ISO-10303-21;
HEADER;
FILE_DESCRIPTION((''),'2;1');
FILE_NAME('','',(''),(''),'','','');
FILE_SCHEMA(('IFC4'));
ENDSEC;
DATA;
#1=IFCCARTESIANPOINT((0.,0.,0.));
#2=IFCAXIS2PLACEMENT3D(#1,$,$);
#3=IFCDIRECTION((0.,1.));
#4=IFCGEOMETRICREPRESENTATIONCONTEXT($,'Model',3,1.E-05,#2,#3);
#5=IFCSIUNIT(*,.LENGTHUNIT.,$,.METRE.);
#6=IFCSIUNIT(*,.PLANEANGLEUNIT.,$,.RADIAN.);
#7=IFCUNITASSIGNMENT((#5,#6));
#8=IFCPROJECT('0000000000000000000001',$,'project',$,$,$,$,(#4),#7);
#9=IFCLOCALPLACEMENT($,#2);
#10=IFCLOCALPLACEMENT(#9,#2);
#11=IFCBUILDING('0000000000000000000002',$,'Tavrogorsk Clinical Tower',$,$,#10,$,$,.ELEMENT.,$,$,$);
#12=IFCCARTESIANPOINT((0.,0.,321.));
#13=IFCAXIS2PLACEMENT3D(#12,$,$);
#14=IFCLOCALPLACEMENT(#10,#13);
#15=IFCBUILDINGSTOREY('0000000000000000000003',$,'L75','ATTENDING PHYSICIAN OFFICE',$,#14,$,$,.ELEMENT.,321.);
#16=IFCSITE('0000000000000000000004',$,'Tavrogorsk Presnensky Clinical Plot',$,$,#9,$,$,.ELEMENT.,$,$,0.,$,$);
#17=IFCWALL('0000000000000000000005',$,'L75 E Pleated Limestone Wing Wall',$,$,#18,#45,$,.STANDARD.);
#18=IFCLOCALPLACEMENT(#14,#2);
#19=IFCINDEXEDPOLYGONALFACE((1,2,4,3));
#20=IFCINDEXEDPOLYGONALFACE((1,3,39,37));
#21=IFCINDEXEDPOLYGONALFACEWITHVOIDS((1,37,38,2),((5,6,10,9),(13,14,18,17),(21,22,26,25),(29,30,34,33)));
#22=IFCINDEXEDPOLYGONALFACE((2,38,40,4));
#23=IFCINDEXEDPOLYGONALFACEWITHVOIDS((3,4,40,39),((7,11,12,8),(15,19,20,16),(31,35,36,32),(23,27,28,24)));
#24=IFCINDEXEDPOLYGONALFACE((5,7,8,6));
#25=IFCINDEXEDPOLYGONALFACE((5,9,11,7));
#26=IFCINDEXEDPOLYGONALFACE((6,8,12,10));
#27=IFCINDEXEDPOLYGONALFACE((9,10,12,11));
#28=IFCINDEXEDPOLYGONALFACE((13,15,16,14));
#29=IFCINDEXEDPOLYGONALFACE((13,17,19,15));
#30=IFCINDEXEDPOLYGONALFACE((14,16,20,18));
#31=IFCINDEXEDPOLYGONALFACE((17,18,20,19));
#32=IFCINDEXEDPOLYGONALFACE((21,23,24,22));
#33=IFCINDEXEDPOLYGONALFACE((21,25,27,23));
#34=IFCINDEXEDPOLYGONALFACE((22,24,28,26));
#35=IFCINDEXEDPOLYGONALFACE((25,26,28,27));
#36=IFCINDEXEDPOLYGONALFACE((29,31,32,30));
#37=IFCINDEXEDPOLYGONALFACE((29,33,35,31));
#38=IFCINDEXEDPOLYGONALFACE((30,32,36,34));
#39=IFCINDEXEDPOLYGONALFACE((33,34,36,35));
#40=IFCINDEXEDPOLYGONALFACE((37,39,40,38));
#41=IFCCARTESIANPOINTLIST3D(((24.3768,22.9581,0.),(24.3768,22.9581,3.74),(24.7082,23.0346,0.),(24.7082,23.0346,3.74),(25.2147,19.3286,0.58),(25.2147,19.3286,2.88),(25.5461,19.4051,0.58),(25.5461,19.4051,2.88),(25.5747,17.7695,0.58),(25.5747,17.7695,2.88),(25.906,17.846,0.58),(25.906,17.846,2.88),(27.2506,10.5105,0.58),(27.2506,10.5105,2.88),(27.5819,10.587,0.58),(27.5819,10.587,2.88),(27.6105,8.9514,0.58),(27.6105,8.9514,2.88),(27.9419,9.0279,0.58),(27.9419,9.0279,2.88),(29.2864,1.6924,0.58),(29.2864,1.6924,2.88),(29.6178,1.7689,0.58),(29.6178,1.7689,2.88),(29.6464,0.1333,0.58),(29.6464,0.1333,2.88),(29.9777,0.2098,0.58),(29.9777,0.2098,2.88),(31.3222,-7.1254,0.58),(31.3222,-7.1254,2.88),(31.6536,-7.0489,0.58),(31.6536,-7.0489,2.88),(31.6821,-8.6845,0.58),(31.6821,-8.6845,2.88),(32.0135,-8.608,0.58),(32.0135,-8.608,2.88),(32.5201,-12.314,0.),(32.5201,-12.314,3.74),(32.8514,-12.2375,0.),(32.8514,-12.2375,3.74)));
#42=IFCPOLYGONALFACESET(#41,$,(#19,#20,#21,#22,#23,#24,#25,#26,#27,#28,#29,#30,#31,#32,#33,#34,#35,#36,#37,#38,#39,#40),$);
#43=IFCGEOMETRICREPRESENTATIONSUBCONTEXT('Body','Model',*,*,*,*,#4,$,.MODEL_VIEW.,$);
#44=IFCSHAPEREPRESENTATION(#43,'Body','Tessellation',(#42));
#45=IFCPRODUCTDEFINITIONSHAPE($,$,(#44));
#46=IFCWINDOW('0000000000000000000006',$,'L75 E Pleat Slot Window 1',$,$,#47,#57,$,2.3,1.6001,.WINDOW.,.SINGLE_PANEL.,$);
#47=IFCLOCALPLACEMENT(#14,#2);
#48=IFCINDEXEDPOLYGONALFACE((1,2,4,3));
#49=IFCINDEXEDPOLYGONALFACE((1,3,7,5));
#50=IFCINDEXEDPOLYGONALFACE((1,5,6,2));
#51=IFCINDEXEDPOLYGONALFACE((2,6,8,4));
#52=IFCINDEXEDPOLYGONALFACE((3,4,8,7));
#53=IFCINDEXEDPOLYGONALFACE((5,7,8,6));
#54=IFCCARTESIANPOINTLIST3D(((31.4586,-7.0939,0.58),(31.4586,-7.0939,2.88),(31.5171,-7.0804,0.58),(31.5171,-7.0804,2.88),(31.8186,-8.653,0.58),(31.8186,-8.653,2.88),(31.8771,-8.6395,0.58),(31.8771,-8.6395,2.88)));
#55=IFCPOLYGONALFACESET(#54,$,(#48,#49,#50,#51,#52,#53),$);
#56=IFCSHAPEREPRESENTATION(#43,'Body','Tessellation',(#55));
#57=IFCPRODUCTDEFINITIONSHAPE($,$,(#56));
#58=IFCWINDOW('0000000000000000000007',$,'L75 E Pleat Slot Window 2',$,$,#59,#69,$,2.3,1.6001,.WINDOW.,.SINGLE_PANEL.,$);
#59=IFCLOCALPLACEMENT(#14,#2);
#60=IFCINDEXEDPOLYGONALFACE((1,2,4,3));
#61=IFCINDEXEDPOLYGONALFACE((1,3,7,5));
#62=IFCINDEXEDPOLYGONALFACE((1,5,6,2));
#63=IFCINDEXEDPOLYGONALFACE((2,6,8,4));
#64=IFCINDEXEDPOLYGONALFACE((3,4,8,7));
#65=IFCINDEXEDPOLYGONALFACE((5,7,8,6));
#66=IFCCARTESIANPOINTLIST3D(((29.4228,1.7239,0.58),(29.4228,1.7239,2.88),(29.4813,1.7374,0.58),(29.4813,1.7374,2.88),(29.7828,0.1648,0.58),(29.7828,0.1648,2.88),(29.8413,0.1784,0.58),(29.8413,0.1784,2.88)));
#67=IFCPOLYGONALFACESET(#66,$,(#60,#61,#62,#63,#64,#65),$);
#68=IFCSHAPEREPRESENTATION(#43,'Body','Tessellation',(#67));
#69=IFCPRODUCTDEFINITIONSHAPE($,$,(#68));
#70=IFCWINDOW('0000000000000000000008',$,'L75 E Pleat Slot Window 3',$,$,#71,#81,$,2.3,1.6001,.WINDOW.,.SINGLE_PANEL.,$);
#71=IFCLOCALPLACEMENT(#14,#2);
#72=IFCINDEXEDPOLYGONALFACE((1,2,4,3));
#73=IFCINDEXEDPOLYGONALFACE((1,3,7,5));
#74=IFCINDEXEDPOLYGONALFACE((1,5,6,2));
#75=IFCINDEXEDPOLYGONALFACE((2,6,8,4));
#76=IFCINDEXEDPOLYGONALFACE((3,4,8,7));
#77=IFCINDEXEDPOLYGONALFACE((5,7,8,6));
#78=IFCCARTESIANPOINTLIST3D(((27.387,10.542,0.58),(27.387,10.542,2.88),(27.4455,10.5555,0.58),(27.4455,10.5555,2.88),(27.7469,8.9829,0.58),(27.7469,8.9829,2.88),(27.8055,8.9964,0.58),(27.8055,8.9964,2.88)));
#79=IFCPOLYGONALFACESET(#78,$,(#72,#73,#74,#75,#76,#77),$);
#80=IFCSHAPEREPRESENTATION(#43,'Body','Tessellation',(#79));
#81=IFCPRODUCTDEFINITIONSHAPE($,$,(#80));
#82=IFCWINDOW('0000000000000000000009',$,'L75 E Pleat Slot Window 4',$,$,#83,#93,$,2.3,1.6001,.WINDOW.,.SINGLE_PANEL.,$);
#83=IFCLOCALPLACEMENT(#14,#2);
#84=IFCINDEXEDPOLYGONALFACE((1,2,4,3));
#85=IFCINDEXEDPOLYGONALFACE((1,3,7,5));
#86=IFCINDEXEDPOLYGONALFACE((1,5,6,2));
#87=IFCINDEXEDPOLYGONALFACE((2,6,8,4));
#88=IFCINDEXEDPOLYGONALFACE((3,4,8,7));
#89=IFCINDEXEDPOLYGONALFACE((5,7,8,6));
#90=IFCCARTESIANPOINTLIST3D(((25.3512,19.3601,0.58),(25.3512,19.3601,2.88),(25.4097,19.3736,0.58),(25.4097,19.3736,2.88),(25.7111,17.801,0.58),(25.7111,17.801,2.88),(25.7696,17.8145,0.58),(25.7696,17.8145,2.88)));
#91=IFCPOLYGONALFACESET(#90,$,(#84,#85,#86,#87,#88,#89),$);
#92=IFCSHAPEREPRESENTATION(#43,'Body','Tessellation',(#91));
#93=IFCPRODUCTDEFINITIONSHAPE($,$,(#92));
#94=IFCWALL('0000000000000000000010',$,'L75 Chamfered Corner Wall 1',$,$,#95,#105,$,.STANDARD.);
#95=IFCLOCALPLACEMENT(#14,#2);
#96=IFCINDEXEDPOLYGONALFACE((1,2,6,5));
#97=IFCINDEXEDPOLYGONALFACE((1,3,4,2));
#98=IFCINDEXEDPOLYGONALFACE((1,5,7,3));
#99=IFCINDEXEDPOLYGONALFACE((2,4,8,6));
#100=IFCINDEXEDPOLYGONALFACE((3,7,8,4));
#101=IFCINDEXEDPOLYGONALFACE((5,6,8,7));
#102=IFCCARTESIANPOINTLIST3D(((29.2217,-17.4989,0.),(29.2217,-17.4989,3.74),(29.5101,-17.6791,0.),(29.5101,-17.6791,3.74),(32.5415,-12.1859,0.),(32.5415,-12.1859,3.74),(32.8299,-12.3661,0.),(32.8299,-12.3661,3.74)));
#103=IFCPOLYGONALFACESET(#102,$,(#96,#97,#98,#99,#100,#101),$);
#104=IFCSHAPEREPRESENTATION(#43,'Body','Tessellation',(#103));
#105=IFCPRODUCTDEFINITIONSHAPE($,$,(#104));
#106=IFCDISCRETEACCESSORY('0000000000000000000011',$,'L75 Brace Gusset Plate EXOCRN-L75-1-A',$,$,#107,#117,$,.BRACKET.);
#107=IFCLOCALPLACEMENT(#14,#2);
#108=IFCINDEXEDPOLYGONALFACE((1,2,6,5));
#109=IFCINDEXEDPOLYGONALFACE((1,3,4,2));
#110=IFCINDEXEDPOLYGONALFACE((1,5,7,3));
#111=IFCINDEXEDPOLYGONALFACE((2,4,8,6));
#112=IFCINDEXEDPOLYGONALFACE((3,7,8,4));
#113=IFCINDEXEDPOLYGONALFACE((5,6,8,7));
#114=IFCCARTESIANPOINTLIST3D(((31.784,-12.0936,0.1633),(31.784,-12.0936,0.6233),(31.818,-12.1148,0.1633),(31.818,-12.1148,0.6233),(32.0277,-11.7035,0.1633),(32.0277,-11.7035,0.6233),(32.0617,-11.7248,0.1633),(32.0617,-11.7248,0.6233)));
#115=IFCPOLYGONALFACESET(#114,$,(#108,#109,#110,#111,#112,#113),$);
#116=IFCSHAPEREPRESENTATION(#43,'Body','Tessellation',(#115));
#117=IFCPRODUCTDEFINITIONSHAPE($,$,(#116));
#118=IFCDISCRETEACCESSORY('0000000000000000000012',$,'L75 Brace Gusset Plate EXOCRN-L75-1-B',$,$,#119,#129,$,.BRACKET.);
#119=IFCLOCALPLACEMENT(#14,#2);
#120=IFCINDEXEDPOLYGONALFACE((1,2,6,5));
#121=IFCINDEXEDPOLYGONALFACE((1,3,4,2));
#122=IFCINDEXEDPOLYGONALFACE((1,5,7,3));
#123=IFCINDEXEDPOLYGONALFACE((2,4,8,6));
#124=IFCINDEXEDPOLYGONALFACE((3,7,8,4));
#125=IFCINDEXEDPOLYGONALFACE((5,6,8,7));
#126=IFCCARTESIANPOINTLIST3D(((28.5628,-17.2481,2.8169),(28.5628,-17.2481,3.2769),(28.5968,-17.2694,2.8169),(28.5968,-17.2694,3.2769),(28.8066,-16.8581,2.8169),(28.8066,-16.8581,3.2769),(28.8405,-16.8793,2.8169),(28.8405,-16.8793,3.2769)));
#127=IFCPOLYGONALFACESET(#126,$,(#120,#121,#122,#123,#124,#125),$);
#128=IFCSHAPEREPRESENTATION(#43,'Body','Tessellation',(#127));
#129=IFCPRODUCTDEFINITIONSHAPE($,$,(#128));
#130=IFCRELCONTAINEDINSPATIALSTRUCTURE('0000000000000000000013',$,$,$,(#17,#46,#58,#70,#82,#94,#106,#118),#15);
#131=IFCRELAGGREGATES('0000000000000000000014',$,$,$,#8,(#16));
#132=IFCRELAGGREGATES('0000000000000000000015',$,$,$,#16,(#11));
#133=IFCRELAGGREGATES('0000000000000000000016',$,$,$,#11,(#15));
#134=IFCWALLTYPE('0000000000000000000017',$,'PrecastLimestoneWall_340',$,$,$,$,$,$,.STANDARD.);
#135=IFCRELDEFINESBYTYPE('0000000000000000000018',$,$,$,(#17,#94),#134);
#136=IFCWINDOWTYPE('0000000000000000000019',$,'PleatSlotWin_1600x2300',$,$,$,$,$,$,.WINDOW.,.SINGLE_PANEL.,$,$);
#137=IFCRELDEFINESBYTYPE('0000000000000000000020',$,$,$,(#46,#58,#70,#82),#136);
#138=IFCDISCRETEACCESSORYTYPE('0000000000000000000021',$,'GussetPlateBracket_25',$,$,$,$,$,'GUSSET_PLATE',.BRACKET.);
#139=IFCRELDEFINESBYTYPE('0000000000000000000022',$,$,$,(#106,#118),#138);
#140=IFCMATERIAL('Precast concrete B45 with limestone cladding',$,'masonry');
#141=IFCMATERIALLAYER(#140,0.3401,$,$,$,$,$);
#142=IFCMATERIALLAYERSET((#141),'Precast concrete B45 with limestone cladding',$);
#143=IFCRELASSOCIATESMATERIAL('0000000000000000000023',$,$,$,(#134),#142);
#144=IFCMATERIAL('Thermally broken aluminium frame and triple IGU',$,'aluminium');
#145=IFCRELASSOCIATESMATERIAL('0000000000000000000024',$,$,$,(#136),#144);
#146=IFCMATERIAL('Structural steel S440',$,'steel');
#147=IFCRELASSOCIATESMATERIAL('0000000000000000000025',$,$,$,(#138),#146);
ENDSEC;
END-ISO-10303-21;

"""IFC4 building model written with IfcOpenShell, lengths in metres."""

from ifc_helpers import new_model, si_unit, direction, frame, frame_2d, origin, origin_2d, place, context, subcontext, project, spatial, rectangle, extrude, material, layer, layer_set, type_object, element, fill, save


model = new_model("IFC4")

# Units and contexts
model_context = context("Model", 3, precision=1e-05, world=origin(), true_north=direction((0.0, 1.0)))
body_context = subcontext(model_context, "Body", "Model", "MODEL_VIEW")
ifc_project = project(units=[si_unit("LENGTHUNIT", "METRE"), si_unit("PLANEANGLEUNIT", "RADIAN")], contexts=[model_context])

# Site, building, storey
site_placement = place(None, origin())
site = spatial("IfcSite", under=ifc_project, at=site_placement, Name="Tavrogorsk Presnensky Clinical Plot", CompositionType="ELEMENT", RefElevation=0.0)
building_placement = place(site_placement, origin())
building = spatial("IfcBuilding", under=site, at=building_placement, Name="Tavrogorsk Clinical Tower", CompositionType="ELEMENT")
storey_placement = place(building_placement, frame((0.0, 0.0, 321.0)))
storey = spatial("IfcBuildingStorey", under=building, at=storey_placement, Name="L75", Description="ATTENDING PHYSICIAN OFFICE", CompositionType="ELEMENT", Elevation=321.0)

# Wall, openings, windows
ifc_material_1 = material(Name="Precast concrete B45 with limestone cladding", Category="masonry")
ifc_layer_1 = layer(ifc_material_1, 0.3401)
ifc_layer_set_1 = layer_set([ifc_layer_1], Name="Precast concrete B45 with limestone cladding")
wall_type_1 = type_object("IfcWallType", Name="PrecastLimestoneWall_340", PredefinedType="STANDARD", material=ifc_layer_set_1)
wall_1_placement = place(storey_placement, frame((32.6858, -12.2759, 0.0), z_axis=(0.0, 0.0, 1.0), x_axis=(-0.224953, 0.97437, 0.0)))
wall_1 = element("IfcWall", 1, at=wall_1_placement, inside=storey, type_object=wall_type_1, Name="L75 E Pleated Limestone Wing Wall", PredefinedType="STANDARD", context=body_context, shape_type="SweptSolid", body=[
    extrude(rectangle(XDim=36.2, YDim=0.3401, at=frame_2d((18.1001, 0.0))), origin(), (0.0, 0.0, 1.0), 3.74),
])
opening_1_placement = place(wall_1_placement, frame((3.7251, 0.0, 0.5801)))
opening_1 = element("IfcOpeningElement", 2, at=opening_1_placement, cuts=wall_1, PredefinedType="OPENING", context=body_context, shape_type="SweptSolid", body=[
    extrude(rectangle(XDim=1.6001, YDim=2.3, at=frame_2d((0.8, 1.1499))), frame((0.0, 0.1799, 0.0), z_axis=(0.0, -1.0, 0.0), x_axis=(1.0, 0.0, 0.0)), (0.0, 0.0, 1.0), 0.3601),
])
opening_2_placement = place(wall_1_placement, frame((12.7749, 0.0, 0.5801)))
opening_2 = element("IfcOpeningElement", 3, at=opening_2_placement, cuts=wall_1, PredefinedType="OPENING", context=body_context, shape_type="SweptSolid", body=[
    extrude(rectangle(XDim=1.6001, YDim=2.3, at=frame_2d((0.8, 1.1499))), frame((0.0, 0.1799, 0.0), z_axis=(0.0, -1.0, 0.0), x_axis=(1.0, 0.0, 0.0)), (0.0, 0.0, 1.0), 0.3601),
])
opening_3_placement = place(wall_1_placement, frame((21.825, 0.0, 0.5801)))
opening_3 = element("IfcOpeningElement", 4, at=opening_3_placement, cuts=wall_1, PredefinedType="OPENING", context=body_context, shape_type="SweptSolid", body=[
    extrude(rectangle(XDim=1.6001, YDim=2.3, at=frame_2d((0.8, 1.1499))), frame((0.0, 0.1799, 0.0), z_axis=(0.0, -1.0, 0.0), x_axis=(1.0, 0.0, 0.0)), (0.0, 0.0, 1.0), 0.3601),
])
opening_4_placement = place(wall_1_placement, frame((30.875, 0.0, 0.5801)))
opening_4 = element("IfcOpeningElement", 5, at=opening_4_placement, cuts=wall_1, PredefinedType="OPENING", context=body_context, shape_type="SweptSolid", body=[
    extrude(rectangle(XDim=1.6001, YDim=2.3, at=frame_2d((0.8, 1.1499))), frame((0.0, 0.1799, 0.0), z_axis=(0.0, -1.0, 0.0), x_axis=(1.0, 0.0, 0.0)), (0.0, 0.0, 1.0), 0.3601),
])
ifc_material_2 = material(Name="Thermally broken aluminium frame and triple IGU", Category="aluminium")
window_type = type_object("IfcWindowType", Name="PleatSlotWin_1600x2300", PartitioningType="SINGLE_PANEL", PredefinedType="WINDOW", material=ifc_material_2)
window_1_placement = place(opening_1_placement, origin())
window_1 = element("IfcWindow", 6, at=window_1_placement, inside=storey, type_object=window_type, Name="L75 E Pleat Slot Window 1", OverallHeight=2.3, OverallWidth=1.6001, PartitioningType="SINGLE_PANEL", PredefinedType="WINDOW", context=body_context, shape_type="SweptSolid", body=[
    extrude(rectangle(XDim=1.6001, YDim=2.3, at=frame_2d((0.8, 1.1499))), frame((0.0, 0.03, 0.0), z_axis=(0.0, -1.0, 0.0), x_axis=(1.0, 0.0, 0.0)), (0.0, 0.0, 1.0), 0.0601),
])
fill(opening_1, window_1)
window_2_placement = place(opening_2_placement, origin())
window_2 = element("IfcWindow", 7, at=window_2_placement, inside=storey, type_object=window_type, Name="L75 E Pleat Slot Window 2", OverallHeight=2.3, OverallWidth=1.6001, PartitioningType="SINGLE_PANEL", PredefinedType="WINDOW", context=body_context, shape_type="SweptSolid", body=[
    extrude(rectangle(XDim=1.6001, YDim=2.3, at=frame_2d((0.8, 1.1499))), frame((0.0, 0.03, 0.0), z_axis=(0.0, -1.0, 0.0), x_axis=(1.0, 0.0, 0.0)), (0.0, 0.0, 1.0), 0.0601),
])
fill(opening_2, window_2)
window_3_placement = place(opening_3_placement, origin())
window_3 = element("IfcWindow", 8, at=window_3_placement, inside=storey, type_object=window_type, Name="L75 E Pleat Slot Window 3", OverallHeight=2.3, OverallWidth=1.6001, PartitioningType="SINGLE_PANEL", PredefinedType="WINDOW", context=body_context, shape_type="SweptSolid", body=[
    extrude(rectangle(XDim=1.6001, YDim=2.3, at=frame_2d((0.8, 1.1499))), frame((0.0, 0.03, 0.0), z_axis=(0.0, -1.0, 0.0), x_axis=(1.0, 0.0, 0.0)), (0.0, 0.0, 1.0), 0.0601),
])
fill(opening_3, window_3)
window_4_placement = place(opening_4_placement, origin())
window_4 = element("IfcWindow", 9, at=window_4_placement, inside=storey, type_object=window_type, Name="L75 E Pleat Slot Window 4", OverallHeight=2.3, OverallWidth=1.6001, PartitioningType="SINGLE_PANEL", PredefinedType="WINDOW", context=body_context, shape_type="SweptSolid", body=[
    extrude(rectangle(XDim=1.6001, YDim=2.3, at=frame_2d((0.8, 1.1499))), frame((0.0, 0.03, 0.0), z_axis=(0.0, -1.0, 0.0), x_axis=(1.0, 0.0, 0.0)), (0.0, 0.0, 1.0), 0.0601),
])
fill(opening_4, window_4)

# Wall
wall_2_placement = place(storey_placement, frame((29.366, -17.5889, 0.0), z_axis=(0.0, 0.0, 1.0), x_axis=(0.529908, 0.848055, 0.0)))
element("IfcWall", 10, at=wall_2_placement, inside=storey, type_object=wall_type_1, Name="L75 Chamfered Corner Wall 1", PredefinedType="STANDARD", context=body_context, shape_type="SweptSolid", body=[
    extrude(rectangle(XDim=6.2649, YDim=0.3401, at=frame_2d((3.1323, 0.0))), origin(), (0.0, 0.0, 1.0), 3.74),
])

# Discrete accessories
ifc_material_3 = material(Name="Structural steel S440", Category="steel")
discrete_accessory_type = type_object("IfcDiscreteAccessoryType", Name="GussetPlateBracket_25", ElementType="GUSSET_PLATE", PredefinedType="BRACKET", material=ifc_material_3)
for number, where, z_axis, x_axis, name in (
    (11, (31.9229, -11.9092, 0.1633), (0.0, 0.0, 1.0), (-0.529919, -0.848048, 0.0), "L75 Brace Gusset Plate EXOCRN-L75-1-A"),
    (12, (28.7017, -17.0637, 2.8169), (0.0, 0.0, 1.0), (-0.529919, -0.848048, 0.0), "L75 Brace Gusset Plate EXOCRN-L75-1-B"),
):
    element("IfcDiscreteAccessory", number, at=place(storey_placement, frame(where, z_axis=z_axis, x_axis=x_axis)), inside=storey, type_object=discrete_accessory_type, Name=name, PredefinedType="BRACKET", context=body_context, shape_type="SweptSolid", body=[
        extrude(rectangle(XDim=0.46, YDim=0.04, at=origin_2d()), origin(), (0.0, 0.0, 1.0), 0.46),
    ])

save(model, "model.ifc")
